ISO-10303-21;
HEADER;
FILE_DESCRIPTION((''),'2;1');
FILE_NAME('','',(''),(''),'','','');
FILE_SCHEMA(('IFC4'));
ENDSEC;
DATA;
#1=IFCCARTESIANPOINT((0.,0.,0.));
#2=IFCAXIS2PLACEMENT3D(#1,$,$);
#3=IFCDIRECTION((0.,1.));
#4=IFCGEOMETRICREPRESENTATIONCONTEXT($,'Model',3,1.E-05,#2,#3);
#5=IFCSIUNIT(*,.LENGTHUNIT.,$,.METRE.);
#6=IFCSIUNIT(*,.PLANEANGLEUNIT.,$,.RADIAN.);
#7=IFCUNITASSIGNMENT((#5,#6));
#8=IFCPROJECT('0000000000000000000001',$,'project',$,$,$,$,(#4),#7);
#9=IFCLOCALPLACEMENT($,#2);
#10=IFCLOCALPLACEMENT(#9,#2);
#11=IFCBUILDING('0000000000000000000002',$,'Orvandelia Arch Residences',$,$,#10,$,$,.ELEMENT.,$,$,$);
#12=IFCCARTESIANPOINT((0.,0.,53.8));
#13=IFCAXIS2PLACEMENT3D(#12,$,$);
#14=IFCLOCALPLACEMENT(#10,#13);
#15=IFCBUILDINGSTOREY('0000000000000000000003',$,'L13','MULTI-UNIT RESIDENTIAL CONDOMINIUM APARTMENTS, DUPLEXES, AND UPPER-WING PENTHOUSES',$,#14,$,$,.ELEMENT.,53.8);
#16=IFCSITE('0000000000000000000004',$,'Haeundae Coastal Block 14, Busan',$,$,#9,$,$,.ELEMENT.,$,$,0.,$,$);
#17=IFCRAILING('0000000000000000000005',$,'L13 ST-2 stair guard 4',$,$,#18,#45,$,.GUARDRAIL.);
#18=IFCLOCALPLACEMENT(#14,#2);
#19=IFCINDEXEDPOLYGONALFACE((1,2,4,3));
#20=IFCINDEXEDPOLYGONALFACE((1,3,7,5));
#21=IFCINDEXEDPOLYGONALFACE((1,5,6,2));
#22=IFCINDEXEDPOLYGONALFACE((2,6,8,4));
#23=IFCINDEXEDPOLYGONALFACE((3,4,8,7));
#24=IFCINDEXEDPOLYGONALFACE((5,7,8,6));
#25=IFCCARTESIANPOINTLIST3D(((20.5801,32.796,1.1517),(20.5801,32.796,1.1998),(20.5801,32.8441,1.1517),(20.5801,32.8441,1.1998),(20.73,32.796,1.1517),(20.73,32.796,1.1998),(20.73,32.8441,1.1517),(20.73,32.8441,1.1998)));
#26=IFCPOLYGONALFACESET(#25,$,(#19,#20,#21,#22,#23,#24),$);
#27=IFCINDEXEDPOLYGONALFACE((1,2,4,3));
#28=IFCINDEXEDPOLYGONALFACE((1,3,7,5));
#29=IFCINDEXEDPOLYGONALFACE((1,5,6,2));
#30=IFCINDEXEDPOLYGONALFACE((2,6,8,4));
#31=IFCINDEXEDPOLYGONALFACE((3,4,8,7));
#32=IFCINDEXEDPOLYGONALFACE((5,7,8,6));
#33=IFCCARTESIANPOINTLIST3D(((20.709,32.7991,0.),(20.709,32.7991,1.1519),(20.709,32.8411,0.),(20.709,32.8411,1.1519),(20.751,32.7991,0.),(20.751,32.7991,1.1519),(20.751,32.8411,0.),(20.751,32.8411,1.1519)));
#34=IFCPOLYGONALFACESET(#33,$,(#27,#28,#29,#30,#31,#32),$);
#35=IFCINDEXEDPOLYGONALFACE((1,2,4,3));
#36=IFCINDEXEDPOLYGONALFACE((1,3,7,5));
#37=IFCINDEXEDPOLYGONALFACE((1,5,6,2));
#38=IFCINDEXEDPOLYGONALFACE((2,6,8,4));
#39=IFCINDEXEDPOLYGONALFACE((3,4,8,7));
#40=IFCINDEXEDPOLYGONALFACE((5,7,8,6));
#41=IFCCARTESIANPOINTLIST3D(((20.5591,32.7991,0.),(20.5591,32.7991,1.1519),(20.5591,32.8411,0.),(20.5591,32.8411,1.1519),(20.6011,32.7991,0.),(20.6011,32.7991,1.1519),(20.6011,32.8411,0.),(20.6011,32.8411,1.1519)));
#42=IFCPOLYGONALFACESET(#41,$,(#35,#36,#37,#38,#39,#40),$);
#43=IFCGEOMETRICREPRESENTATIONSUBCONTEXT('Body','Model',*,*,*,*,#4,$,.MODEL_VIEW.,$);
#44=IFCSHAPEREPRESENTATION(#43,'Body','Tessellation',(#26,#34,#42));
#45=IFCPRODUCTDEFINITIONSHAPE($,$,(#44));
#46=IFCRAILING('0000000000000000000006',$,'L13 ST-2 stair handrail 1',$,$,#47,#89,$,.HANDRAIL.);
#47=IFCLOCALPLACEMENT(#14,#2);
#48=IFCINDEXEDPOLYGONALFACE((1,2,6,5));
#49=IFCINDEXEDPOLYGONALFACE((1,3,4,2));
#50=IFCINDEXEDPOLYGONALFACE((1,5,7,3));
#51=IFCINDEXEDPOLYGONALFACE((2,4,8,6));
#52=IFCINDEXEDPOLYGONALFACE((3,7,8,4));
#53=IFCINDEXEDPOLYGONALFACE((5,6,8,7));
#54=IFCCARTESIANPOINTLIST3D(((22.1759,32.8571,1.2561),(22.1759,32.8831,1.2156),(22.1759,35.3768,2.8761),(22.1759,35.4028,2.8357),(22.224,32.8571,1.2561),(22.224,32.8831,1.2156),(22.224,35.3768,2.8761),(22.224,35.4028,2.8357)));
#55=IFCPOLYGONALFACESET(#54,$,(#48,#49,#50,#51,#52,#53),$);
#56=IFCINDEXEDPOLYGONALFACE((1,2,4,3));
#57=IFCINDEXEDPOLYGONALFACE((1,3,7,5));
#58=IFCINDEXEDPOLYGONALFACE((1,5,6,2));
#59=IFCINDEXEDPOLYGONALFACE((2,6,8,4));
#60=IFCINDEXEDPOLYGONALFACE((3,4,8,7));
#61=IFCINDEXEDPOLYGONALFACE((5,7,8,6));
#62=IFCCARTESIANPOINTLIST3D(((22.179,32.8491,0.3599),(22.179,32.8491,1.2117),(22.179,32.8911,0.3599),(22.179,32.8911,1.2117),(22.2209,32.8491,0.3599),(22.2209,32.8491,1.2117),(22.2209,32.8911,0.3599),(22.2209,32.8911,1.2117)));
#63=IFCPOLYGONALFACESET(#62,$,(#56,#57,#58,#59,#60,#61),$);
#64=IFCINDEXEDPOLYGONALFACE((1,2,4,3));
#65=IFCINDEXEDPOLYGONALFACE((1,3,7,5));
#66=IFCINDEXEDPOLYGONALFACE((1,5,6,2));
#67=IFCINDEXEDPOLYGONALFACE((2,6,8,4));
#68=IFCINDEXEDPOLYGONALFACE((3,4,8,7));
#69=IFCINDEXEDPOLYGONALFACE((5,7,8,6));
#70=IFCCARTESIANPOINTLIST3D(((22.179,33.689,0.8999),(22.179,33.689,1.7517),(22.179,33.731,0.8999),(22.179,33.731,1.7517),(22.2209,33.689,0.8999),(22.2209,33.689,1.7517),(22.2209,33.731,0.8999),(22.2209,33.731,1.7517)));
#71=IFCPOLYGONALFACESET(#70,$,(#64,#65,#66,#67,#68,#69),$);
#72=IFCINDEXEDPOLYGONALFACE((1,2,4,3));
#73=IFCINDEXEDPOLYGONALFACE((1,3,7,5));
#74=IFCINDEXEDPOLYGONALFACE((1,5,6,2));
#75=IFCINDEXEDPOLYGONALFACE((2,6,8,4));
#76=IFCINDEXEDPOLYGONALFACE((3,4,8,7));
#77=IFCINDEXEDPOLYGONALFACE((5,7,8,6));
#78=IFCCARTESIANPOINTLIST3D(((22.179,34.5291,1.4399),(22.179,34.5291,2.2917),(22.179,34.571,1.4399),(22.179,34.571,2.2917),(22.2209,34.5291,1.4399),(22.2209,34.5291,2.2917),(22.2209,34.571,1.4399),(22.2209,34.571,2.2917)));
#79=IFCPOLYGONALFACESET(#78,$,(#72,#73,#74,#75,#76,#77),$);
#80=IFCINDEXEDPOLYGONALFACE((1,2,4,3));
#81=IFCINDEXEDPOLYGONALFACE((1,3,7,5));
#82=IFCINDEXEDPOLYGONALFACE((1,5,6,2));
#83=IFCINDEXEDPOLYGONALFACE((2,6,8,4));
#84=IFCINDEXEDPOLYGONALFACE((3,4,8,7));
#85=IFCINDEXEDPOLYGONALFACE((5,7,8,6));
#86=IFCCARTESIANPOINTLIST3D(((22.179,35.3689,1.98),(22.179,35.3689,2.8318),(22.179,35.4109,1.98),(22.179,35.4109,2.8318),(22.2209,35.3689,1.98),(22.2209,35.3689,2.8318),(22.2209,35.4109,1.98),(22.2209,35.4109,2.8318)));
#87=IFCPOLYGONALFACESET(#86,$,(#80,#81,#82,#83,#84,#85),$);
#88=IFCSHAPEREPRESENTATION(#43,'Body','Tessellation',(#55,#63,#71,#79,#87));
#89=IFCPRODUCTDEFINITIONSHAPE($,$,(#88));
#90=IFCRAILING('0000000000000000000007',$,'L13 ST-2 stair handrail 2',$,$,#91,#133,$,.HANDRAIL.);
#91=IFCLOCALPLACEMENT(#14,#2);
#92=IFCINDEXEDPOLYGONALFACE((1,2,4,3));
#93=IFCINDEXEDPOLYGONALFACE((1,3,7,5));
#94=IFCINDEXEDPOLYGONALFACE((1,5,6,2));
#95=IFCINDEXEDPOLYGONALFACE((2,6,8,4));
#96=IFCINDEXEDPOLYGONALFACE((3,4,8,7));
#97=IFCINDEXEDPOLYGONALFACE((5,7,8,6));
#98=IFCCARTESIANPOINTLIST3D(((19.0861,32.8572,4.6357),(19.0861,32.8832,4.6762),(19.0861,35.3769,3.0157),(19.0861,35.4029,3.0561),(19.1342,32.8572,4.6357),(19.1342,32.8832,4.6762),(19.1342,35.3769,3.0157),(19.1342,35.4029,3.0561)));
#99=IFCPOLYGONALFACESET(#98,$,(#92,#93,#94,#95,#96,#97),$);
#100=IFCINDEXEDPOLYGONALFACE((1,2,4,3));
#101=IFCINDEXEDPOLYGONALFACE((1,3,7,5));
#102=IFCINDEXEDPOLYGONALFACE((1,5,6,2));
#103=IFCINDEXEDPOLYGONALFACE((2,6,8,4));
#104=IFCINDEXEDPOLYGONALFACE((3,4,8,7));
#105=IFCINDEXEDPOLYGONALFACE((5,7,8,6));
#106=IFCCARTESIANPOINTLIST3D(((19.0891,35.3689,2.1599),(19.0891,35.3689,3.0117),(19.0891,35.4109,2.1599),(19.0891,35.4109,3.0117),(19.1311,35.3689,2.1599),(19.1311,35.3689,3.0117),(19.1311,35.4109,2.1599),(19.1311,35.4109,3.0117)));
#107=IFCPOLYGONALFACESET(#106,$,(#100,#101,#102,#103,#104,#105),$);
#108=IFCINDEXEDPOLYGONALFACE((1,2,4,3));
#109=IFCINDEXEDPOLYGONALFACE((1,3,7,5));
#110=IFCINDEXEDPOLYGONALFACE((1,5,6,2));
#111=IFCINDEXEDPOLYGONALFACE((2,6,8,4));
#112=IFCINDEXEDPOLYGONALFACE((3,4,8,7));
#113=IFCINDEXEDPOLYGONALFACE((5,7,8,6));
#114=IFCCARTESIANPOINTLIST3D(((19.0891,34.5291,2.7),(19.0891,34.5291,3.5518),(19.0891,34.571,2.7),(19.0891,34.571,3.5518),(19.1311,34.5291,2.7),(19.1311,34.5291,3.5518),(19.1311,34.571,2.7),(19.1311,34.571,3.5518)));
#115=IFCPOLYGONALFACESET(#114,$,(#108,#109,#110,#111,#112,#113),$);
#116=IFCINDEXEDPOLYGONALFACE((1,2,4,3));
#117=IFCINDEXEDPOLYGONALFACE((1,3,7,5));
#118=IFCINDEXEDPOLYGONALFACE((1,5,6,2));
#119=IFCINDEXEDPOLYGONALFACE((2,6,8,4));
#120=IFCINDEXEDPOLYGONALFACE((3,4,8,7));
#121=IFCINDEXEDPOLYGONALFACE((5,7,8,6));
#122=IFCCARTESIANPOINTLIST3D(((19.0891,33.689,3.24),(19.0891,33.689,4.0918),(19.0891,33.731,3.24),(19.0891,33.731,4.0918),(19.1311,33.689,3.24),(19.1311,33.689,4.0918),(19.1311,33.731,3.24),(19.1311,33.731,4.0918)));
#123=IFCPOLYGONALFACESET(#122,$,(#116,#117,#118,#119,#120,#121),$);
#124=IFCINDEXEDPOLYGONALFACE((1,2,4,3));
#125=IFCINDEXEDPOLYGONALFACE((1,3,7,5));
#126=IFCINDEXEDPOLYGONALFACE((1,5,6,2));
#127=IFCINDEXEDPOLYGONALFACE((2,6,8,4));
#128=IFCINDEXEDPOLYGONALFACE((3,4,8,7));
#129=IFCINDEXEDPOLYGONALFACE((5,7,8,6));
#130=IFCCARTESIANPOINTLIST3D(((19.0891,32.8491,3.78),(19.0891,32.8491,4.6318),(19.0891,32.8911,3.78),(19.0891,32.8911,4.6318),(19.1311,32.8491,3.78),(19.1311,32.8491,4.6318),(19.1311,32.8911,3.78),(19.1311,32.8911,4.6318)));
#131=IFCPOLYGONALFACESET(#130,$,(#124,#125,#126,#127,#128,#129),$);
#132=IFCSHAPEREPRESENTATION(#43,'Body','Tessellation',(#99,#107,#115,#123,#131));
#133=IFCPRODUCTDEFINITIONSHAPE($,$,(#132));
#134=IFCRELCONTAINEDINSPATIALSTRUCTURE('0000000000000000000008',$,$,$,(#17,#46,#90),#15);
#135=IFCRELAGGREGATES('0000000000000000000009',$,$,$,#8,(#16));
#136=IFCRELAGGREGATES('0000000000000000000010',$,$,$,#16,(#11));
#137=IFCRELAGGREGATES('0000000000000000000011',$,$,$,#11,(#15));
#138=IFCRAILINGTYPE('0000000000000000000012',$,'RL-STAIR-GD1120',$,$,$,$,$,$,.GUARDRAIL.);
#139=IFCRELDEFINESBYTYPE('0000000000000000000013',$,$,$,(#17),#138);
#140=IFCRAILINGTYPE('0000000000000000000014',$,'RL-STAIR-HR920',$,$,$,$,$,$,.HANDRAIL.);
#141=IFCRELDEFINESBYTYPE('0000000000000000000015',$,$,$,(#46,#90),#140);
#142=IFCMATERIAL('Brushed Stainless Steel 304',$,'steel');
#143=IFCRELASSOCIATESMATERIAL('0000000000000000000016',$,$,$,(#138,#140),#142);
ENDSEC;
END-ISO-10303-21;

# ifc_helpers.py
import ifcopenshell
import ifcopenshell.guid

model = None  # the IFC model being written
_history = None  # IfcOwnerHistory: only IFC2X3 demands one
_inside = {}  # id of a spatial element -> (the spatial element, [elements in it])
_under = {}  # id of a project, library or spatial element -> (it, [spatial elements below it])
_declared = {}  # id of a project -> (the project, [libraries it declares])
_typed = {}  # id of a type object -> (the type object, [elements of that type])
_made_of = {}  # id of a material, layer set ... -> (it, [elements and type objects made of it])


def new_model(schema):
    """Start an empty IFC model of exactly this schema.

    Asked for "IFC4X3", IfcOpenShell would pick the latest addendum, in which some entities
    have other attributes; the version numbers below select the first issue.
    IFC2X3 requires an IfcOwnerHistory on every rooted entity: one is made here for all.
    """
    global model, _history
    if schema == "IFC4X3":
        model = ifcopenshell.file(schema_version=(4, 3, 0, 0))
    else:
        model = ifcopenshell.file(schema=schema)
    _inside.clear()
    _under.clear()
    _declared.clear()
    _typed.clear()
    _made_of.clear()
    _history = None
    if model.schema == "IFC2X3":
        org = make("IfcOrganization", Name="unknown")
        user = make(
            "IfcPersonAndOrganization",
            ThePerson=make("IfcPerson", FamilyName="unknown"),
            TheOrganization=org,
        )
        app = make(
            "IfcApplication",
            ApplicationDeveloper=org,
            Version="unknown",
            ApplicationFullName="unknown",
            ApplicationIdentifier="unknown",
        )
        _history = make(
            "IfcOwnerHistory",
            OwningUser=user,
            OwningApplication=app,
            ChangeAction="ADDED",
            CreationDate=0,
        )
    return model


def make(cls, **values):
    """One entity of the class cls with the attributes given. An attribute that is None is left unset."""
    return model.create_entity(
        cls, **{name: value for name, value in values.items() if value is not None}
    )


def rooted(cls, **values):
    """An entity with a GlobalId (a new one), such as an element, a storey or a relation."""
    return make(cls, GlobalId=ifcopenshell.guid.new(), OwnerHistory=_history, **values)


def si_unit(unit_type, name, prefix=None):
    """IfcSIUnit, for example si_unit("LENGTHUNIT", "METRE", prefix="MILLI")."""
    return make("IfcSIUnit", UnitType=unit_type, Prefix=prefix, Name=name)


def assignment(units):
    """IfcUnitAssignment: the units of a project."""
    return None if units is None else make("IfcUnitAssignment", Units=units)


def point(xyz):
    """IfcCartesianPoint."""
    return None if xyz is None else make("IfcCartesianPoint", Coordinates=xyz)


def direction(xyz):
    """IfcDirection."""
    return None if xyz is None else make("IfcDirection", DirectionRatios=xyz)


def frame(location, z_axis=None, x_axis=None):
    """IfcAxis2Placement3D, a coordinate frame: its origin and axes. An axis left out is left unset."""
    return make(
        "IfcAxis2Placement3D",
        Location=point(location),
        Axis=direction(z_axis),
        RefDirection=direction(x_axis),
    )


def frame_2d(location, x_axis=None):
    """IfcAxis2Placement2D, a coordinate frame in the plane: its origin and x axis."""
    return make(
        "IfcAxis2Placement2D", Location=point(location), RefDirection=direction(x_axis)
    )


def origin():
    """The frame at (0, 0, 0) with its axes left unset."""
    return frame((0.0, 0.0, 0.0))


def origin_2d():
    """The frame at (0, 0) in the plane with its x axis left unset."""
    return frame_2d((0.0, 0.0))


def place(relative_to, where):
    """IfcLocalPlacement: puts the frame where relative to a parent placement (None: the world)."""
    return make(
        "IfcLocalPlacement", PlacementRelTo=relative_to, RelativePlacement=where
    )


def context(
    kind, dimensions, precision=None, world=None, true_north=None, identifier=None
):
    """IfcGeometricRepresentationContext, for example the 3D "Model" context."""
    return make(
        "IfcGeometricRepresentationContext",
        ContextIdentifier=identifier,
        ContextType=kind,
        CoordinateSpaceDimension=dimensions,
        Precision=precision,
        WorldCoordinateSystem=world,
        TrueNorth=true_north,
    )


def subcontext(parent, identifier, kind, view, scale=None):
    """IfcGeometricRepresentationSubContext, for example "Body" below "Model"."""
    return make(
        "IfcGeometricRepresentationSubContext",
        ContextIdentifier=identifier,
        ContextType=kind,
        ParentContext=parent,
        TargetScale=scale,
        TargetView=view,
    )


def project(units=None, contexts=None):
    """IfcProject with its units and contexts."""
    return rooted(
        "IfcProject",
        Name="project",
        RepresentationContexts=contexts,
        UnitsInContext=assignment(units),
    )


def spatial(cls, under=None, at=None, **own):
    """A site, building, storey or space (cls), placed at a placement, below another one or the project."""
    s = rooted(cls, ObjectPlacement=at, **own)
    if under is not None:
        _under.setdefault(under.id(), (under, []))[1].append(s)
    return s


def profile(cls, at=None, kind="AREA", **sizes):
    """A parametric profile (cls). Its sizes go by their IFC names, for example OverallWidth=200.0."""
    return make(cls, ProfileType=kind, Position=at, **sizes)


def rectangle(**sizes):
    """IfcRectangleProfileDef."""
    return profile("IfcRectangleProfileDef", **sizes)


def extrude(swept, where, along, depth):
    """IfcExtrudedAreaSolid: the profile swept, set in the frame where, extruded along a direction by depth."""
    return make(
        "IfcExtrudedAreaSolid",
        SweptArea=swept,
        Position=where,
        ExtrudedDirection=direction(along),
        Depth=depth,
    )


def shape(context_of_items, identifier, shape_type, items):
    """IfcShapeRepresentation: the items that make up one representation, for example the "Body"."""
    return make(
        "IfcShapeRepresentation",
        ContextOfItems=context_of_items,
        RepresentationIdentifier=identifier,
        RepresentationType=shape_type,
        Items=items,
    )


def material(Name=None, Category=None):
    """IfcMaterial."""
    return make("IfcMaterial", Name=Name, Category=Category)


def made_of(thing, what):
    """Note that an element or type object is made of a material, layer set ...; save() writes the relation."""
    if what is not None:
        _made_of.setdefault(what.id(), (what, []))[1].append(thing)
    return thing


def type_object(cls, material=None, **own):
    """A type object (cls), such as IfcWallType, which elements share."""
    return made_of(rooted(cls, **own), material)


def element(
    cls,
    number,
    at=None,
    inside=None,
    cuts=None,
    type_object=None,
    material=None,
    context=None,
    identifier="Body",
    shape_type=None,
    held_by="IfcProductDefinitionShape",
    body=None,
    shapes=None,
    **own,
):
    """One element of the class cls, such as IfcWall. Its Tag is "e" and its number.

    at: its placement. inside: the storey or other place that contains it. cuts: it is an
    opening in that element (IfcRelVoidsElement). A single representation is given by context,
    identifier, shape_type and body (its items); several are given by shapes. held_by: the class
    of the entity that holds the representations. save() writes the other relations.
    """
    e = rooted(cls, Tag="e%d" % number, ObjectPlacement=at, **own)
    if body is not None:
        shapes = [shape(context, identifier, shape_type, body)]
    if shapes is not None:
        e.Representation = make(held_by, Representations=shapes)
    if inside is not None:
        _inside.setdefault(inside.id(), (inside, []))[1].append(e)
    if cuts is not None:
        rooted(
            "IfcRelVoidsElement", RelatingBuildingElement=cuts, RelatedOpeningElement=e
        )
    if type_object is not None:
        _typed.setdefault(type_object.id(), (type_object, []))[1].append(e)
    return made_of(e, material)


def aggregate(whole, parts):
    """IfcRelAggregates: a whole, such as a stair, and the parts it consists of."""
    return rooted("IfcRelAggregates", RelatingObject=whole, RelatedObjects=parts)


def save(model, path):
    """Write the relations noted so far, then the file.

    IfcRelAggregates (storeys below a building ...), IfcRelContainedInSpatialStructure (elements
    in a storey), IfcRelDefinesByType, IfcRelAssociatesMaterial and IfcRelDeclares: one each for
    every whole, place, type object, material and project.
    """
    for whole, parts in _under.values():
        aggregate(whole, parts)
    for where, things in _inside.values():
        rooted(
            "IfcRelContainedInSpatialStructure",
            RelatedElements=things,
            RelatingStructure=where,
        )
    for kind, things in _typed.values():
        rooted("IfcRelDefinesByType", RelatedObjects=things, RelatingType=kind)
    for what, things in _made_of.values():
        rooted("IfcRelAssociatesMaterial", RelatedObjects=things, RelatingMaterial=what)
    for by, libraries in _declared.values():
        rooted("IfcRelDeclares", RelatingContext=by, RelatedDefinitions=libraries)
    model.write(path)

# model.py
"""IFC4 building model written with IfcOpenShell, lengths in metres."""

from ifc_helpers import new_model, si_unit, direction, frame, origin, origin_2d, place, context, subcontext, project, spatial, rectangle, extrude, material, type_object, element, save


model = new_model("IFC4")

# Units and contexts
model_context = context("Model", 3, precision=1e-05, world=origin(), true_north=direction((0.0, 1.0)))
body_context = subcontext(model_context, "Body", "Model", "MODEL_VIEW")
ifc_project = project(units=[si_unit("LENGTHUNIT", "METRE"), si_unit("PLANEANGLEUNIT", "RADIAN")], contexts=[model_context])

# Site, building, storey
site_placement = place(None, origin())
site = spatial("IfcSite", under=ifc_project, at=site_placement, Name="Haeundae Coastal Block 14, Busan", CompositionType="ELEMENT", RefElevation=0.0)
building_placement = place(site_placement, origin())
building = spatial("IfcBuilding", under=site, at=building_placement, Name="Orvandelia Arch Residences", CompositionType="ELEMENT")
storey_placement = place(building_placement, frame((0.0, 0.0, 53.8)))
storey = spatial("IfcBuildingStorey", under=building, at=storey_placement, Name="L13", Description="MULTI-UNIT RESIDENTIAL CONDOMINIUM APARTMENTS, DUPLEXES, AND UPPER-WING PENTHOUSES", CompositionType="ELEMENT", Elevation=53.8)

# Railings
ifc_material_1 = material(Name="Brushed Stainless Steel 304", Category="steel")
railing_type_1 = type_object("IfcRailingType", Name="RL-STAIR-GD1120", PredefinedType="GUARDRAIL", material=ifc_material_1)
railing_1_placement = place(storey_placement, frame((20.73, 32.8201, 0.0)))
element("IfcRailing", 1, at=railing_1_placement, inside=storey, type_object=railing_type_1, Name="L13 ST-2 stair guard 4", PredefinedType="GUARDRAIL", context=body_context, shape_type="SweptSolid", body=[
    extrude(rectangle(XDim=0.0481, YDim=0.0481, at=origin_2d()), frame((0.0, 0.0, 1.1758), z_axis=(-1.0, 0.0, 0.0), x_axis=(0.0, -1.0, 0.0)), (0.0, 0.0, 1.0), 0.1499),
    extrude(rectangle(XDim=0.042, YDim=0.042, at=origin_2d()), origin(), (0.0, 0.0, 1.0), 1.1519),
    extrude(rectangle(XDim=0.042, YDim=0.042, at=origin_2d()), frame((-0.1499, 0.0, 0.0)), (0.0, 0.0, 1.0), 1.1519),
])
railing_type_2 = type_object("IfcRailingType", Name="RL-STAIR-HR920", PredefinedType="HANDRAIL", material=ifc_material_1)
railing_2_placement = place(storey_placement, frame((22.2, 32.8701, 0.3599)))
element("IfcRailing", 2, at=railing_2_placement, inside=storey, type_object=railing_type_2, Name="L13 ST-2 stair handrail 1", PredefinedType="HANDRAIL", context=body_context, shape_type="SweptSolid", body=[
    extrude(rectangle(XDim=0.0481, YDim=0.0481, at=origin_2d()), frame((0.0, 0.0, 0.876), z_axis=(0.0, 0.841139, 0.540819), x_axis=(-1.0, 0.0, 0.0)), (0.0, 0.0, 1.0), 2.9956),
    extrude(rectangle(XDim=0.042, YDim=0.042, at=origin_2d()), origin(), (0.0, 0.0, 1.0), 0.8518),
    extrude(rectangle(XDim=0.042, YDim=0.042, at=origin_2d()), frame((0.0, 0.8398, 0.54)), (0.0, 0.0, 1.0), 0.8518),
    extrude(rectangle(XDim=0.042, YDim=0.042, at=origin_2d()), frame((0.0, 1.6799, 1.0801)), (0.0, 0.0, 1.0), 0.8518),
    extrude(rectangle(XDim=0.042, YDim=0.042, at=origin_2d()), frame((0.0, 2.5198, 1.6201)), (0.0, 0.0, 1.0), 0.8518),
])
railing_3_placement = place(storey_placement, frame((19.1101, 35.3899, 2.1599)))
element("IfcRailing", 3, at=railing_3_placement, inside=storey, type_object=railing_type_2, Name="L13 ST-2 stair handrail 2", PredefinedType="HANDRAIL", context=body_context, shape_type="SweptSolid", body=[
    extrude(rectangle(XDim=0.0481, YDim=0.0481, at=origin_2d()), frame((0.0, 0.0, 0.876), z_axis=(0.0, -0.841139, 0.540819), x_axis=(1.0, 0.0, 0.0)), (0.0, 0.0, 1.0), 2.9956),
    extrude(rectangle(XDim=0.042, YDim=0.042, at=origin_2d()), origin(), (0.0, 0.0, 1.0), 0.8518),
    extrude(rectangle(XDim=0.042, YDim=0.042, at=origin_2d()), frame((0.0, -0.8398, 0.54)), (0.0, 0.0, 1.0), 0.8518),
    extrude(rectangle(XDim=0.042, YDim=0.042, at=origin_2d()), frame((0.0, -1.6799, 1.0801)), (0.0, 0.0, 1.0), 0.8518),
    extrude(rectangle(XDim=0.042, YDim=0.042, at=origin_2d()), frame((0.0, -2.5198, 1.6201)), (0.0, 0.0, 1.0), 0.8518),
])

save(model, "model.ifc")
